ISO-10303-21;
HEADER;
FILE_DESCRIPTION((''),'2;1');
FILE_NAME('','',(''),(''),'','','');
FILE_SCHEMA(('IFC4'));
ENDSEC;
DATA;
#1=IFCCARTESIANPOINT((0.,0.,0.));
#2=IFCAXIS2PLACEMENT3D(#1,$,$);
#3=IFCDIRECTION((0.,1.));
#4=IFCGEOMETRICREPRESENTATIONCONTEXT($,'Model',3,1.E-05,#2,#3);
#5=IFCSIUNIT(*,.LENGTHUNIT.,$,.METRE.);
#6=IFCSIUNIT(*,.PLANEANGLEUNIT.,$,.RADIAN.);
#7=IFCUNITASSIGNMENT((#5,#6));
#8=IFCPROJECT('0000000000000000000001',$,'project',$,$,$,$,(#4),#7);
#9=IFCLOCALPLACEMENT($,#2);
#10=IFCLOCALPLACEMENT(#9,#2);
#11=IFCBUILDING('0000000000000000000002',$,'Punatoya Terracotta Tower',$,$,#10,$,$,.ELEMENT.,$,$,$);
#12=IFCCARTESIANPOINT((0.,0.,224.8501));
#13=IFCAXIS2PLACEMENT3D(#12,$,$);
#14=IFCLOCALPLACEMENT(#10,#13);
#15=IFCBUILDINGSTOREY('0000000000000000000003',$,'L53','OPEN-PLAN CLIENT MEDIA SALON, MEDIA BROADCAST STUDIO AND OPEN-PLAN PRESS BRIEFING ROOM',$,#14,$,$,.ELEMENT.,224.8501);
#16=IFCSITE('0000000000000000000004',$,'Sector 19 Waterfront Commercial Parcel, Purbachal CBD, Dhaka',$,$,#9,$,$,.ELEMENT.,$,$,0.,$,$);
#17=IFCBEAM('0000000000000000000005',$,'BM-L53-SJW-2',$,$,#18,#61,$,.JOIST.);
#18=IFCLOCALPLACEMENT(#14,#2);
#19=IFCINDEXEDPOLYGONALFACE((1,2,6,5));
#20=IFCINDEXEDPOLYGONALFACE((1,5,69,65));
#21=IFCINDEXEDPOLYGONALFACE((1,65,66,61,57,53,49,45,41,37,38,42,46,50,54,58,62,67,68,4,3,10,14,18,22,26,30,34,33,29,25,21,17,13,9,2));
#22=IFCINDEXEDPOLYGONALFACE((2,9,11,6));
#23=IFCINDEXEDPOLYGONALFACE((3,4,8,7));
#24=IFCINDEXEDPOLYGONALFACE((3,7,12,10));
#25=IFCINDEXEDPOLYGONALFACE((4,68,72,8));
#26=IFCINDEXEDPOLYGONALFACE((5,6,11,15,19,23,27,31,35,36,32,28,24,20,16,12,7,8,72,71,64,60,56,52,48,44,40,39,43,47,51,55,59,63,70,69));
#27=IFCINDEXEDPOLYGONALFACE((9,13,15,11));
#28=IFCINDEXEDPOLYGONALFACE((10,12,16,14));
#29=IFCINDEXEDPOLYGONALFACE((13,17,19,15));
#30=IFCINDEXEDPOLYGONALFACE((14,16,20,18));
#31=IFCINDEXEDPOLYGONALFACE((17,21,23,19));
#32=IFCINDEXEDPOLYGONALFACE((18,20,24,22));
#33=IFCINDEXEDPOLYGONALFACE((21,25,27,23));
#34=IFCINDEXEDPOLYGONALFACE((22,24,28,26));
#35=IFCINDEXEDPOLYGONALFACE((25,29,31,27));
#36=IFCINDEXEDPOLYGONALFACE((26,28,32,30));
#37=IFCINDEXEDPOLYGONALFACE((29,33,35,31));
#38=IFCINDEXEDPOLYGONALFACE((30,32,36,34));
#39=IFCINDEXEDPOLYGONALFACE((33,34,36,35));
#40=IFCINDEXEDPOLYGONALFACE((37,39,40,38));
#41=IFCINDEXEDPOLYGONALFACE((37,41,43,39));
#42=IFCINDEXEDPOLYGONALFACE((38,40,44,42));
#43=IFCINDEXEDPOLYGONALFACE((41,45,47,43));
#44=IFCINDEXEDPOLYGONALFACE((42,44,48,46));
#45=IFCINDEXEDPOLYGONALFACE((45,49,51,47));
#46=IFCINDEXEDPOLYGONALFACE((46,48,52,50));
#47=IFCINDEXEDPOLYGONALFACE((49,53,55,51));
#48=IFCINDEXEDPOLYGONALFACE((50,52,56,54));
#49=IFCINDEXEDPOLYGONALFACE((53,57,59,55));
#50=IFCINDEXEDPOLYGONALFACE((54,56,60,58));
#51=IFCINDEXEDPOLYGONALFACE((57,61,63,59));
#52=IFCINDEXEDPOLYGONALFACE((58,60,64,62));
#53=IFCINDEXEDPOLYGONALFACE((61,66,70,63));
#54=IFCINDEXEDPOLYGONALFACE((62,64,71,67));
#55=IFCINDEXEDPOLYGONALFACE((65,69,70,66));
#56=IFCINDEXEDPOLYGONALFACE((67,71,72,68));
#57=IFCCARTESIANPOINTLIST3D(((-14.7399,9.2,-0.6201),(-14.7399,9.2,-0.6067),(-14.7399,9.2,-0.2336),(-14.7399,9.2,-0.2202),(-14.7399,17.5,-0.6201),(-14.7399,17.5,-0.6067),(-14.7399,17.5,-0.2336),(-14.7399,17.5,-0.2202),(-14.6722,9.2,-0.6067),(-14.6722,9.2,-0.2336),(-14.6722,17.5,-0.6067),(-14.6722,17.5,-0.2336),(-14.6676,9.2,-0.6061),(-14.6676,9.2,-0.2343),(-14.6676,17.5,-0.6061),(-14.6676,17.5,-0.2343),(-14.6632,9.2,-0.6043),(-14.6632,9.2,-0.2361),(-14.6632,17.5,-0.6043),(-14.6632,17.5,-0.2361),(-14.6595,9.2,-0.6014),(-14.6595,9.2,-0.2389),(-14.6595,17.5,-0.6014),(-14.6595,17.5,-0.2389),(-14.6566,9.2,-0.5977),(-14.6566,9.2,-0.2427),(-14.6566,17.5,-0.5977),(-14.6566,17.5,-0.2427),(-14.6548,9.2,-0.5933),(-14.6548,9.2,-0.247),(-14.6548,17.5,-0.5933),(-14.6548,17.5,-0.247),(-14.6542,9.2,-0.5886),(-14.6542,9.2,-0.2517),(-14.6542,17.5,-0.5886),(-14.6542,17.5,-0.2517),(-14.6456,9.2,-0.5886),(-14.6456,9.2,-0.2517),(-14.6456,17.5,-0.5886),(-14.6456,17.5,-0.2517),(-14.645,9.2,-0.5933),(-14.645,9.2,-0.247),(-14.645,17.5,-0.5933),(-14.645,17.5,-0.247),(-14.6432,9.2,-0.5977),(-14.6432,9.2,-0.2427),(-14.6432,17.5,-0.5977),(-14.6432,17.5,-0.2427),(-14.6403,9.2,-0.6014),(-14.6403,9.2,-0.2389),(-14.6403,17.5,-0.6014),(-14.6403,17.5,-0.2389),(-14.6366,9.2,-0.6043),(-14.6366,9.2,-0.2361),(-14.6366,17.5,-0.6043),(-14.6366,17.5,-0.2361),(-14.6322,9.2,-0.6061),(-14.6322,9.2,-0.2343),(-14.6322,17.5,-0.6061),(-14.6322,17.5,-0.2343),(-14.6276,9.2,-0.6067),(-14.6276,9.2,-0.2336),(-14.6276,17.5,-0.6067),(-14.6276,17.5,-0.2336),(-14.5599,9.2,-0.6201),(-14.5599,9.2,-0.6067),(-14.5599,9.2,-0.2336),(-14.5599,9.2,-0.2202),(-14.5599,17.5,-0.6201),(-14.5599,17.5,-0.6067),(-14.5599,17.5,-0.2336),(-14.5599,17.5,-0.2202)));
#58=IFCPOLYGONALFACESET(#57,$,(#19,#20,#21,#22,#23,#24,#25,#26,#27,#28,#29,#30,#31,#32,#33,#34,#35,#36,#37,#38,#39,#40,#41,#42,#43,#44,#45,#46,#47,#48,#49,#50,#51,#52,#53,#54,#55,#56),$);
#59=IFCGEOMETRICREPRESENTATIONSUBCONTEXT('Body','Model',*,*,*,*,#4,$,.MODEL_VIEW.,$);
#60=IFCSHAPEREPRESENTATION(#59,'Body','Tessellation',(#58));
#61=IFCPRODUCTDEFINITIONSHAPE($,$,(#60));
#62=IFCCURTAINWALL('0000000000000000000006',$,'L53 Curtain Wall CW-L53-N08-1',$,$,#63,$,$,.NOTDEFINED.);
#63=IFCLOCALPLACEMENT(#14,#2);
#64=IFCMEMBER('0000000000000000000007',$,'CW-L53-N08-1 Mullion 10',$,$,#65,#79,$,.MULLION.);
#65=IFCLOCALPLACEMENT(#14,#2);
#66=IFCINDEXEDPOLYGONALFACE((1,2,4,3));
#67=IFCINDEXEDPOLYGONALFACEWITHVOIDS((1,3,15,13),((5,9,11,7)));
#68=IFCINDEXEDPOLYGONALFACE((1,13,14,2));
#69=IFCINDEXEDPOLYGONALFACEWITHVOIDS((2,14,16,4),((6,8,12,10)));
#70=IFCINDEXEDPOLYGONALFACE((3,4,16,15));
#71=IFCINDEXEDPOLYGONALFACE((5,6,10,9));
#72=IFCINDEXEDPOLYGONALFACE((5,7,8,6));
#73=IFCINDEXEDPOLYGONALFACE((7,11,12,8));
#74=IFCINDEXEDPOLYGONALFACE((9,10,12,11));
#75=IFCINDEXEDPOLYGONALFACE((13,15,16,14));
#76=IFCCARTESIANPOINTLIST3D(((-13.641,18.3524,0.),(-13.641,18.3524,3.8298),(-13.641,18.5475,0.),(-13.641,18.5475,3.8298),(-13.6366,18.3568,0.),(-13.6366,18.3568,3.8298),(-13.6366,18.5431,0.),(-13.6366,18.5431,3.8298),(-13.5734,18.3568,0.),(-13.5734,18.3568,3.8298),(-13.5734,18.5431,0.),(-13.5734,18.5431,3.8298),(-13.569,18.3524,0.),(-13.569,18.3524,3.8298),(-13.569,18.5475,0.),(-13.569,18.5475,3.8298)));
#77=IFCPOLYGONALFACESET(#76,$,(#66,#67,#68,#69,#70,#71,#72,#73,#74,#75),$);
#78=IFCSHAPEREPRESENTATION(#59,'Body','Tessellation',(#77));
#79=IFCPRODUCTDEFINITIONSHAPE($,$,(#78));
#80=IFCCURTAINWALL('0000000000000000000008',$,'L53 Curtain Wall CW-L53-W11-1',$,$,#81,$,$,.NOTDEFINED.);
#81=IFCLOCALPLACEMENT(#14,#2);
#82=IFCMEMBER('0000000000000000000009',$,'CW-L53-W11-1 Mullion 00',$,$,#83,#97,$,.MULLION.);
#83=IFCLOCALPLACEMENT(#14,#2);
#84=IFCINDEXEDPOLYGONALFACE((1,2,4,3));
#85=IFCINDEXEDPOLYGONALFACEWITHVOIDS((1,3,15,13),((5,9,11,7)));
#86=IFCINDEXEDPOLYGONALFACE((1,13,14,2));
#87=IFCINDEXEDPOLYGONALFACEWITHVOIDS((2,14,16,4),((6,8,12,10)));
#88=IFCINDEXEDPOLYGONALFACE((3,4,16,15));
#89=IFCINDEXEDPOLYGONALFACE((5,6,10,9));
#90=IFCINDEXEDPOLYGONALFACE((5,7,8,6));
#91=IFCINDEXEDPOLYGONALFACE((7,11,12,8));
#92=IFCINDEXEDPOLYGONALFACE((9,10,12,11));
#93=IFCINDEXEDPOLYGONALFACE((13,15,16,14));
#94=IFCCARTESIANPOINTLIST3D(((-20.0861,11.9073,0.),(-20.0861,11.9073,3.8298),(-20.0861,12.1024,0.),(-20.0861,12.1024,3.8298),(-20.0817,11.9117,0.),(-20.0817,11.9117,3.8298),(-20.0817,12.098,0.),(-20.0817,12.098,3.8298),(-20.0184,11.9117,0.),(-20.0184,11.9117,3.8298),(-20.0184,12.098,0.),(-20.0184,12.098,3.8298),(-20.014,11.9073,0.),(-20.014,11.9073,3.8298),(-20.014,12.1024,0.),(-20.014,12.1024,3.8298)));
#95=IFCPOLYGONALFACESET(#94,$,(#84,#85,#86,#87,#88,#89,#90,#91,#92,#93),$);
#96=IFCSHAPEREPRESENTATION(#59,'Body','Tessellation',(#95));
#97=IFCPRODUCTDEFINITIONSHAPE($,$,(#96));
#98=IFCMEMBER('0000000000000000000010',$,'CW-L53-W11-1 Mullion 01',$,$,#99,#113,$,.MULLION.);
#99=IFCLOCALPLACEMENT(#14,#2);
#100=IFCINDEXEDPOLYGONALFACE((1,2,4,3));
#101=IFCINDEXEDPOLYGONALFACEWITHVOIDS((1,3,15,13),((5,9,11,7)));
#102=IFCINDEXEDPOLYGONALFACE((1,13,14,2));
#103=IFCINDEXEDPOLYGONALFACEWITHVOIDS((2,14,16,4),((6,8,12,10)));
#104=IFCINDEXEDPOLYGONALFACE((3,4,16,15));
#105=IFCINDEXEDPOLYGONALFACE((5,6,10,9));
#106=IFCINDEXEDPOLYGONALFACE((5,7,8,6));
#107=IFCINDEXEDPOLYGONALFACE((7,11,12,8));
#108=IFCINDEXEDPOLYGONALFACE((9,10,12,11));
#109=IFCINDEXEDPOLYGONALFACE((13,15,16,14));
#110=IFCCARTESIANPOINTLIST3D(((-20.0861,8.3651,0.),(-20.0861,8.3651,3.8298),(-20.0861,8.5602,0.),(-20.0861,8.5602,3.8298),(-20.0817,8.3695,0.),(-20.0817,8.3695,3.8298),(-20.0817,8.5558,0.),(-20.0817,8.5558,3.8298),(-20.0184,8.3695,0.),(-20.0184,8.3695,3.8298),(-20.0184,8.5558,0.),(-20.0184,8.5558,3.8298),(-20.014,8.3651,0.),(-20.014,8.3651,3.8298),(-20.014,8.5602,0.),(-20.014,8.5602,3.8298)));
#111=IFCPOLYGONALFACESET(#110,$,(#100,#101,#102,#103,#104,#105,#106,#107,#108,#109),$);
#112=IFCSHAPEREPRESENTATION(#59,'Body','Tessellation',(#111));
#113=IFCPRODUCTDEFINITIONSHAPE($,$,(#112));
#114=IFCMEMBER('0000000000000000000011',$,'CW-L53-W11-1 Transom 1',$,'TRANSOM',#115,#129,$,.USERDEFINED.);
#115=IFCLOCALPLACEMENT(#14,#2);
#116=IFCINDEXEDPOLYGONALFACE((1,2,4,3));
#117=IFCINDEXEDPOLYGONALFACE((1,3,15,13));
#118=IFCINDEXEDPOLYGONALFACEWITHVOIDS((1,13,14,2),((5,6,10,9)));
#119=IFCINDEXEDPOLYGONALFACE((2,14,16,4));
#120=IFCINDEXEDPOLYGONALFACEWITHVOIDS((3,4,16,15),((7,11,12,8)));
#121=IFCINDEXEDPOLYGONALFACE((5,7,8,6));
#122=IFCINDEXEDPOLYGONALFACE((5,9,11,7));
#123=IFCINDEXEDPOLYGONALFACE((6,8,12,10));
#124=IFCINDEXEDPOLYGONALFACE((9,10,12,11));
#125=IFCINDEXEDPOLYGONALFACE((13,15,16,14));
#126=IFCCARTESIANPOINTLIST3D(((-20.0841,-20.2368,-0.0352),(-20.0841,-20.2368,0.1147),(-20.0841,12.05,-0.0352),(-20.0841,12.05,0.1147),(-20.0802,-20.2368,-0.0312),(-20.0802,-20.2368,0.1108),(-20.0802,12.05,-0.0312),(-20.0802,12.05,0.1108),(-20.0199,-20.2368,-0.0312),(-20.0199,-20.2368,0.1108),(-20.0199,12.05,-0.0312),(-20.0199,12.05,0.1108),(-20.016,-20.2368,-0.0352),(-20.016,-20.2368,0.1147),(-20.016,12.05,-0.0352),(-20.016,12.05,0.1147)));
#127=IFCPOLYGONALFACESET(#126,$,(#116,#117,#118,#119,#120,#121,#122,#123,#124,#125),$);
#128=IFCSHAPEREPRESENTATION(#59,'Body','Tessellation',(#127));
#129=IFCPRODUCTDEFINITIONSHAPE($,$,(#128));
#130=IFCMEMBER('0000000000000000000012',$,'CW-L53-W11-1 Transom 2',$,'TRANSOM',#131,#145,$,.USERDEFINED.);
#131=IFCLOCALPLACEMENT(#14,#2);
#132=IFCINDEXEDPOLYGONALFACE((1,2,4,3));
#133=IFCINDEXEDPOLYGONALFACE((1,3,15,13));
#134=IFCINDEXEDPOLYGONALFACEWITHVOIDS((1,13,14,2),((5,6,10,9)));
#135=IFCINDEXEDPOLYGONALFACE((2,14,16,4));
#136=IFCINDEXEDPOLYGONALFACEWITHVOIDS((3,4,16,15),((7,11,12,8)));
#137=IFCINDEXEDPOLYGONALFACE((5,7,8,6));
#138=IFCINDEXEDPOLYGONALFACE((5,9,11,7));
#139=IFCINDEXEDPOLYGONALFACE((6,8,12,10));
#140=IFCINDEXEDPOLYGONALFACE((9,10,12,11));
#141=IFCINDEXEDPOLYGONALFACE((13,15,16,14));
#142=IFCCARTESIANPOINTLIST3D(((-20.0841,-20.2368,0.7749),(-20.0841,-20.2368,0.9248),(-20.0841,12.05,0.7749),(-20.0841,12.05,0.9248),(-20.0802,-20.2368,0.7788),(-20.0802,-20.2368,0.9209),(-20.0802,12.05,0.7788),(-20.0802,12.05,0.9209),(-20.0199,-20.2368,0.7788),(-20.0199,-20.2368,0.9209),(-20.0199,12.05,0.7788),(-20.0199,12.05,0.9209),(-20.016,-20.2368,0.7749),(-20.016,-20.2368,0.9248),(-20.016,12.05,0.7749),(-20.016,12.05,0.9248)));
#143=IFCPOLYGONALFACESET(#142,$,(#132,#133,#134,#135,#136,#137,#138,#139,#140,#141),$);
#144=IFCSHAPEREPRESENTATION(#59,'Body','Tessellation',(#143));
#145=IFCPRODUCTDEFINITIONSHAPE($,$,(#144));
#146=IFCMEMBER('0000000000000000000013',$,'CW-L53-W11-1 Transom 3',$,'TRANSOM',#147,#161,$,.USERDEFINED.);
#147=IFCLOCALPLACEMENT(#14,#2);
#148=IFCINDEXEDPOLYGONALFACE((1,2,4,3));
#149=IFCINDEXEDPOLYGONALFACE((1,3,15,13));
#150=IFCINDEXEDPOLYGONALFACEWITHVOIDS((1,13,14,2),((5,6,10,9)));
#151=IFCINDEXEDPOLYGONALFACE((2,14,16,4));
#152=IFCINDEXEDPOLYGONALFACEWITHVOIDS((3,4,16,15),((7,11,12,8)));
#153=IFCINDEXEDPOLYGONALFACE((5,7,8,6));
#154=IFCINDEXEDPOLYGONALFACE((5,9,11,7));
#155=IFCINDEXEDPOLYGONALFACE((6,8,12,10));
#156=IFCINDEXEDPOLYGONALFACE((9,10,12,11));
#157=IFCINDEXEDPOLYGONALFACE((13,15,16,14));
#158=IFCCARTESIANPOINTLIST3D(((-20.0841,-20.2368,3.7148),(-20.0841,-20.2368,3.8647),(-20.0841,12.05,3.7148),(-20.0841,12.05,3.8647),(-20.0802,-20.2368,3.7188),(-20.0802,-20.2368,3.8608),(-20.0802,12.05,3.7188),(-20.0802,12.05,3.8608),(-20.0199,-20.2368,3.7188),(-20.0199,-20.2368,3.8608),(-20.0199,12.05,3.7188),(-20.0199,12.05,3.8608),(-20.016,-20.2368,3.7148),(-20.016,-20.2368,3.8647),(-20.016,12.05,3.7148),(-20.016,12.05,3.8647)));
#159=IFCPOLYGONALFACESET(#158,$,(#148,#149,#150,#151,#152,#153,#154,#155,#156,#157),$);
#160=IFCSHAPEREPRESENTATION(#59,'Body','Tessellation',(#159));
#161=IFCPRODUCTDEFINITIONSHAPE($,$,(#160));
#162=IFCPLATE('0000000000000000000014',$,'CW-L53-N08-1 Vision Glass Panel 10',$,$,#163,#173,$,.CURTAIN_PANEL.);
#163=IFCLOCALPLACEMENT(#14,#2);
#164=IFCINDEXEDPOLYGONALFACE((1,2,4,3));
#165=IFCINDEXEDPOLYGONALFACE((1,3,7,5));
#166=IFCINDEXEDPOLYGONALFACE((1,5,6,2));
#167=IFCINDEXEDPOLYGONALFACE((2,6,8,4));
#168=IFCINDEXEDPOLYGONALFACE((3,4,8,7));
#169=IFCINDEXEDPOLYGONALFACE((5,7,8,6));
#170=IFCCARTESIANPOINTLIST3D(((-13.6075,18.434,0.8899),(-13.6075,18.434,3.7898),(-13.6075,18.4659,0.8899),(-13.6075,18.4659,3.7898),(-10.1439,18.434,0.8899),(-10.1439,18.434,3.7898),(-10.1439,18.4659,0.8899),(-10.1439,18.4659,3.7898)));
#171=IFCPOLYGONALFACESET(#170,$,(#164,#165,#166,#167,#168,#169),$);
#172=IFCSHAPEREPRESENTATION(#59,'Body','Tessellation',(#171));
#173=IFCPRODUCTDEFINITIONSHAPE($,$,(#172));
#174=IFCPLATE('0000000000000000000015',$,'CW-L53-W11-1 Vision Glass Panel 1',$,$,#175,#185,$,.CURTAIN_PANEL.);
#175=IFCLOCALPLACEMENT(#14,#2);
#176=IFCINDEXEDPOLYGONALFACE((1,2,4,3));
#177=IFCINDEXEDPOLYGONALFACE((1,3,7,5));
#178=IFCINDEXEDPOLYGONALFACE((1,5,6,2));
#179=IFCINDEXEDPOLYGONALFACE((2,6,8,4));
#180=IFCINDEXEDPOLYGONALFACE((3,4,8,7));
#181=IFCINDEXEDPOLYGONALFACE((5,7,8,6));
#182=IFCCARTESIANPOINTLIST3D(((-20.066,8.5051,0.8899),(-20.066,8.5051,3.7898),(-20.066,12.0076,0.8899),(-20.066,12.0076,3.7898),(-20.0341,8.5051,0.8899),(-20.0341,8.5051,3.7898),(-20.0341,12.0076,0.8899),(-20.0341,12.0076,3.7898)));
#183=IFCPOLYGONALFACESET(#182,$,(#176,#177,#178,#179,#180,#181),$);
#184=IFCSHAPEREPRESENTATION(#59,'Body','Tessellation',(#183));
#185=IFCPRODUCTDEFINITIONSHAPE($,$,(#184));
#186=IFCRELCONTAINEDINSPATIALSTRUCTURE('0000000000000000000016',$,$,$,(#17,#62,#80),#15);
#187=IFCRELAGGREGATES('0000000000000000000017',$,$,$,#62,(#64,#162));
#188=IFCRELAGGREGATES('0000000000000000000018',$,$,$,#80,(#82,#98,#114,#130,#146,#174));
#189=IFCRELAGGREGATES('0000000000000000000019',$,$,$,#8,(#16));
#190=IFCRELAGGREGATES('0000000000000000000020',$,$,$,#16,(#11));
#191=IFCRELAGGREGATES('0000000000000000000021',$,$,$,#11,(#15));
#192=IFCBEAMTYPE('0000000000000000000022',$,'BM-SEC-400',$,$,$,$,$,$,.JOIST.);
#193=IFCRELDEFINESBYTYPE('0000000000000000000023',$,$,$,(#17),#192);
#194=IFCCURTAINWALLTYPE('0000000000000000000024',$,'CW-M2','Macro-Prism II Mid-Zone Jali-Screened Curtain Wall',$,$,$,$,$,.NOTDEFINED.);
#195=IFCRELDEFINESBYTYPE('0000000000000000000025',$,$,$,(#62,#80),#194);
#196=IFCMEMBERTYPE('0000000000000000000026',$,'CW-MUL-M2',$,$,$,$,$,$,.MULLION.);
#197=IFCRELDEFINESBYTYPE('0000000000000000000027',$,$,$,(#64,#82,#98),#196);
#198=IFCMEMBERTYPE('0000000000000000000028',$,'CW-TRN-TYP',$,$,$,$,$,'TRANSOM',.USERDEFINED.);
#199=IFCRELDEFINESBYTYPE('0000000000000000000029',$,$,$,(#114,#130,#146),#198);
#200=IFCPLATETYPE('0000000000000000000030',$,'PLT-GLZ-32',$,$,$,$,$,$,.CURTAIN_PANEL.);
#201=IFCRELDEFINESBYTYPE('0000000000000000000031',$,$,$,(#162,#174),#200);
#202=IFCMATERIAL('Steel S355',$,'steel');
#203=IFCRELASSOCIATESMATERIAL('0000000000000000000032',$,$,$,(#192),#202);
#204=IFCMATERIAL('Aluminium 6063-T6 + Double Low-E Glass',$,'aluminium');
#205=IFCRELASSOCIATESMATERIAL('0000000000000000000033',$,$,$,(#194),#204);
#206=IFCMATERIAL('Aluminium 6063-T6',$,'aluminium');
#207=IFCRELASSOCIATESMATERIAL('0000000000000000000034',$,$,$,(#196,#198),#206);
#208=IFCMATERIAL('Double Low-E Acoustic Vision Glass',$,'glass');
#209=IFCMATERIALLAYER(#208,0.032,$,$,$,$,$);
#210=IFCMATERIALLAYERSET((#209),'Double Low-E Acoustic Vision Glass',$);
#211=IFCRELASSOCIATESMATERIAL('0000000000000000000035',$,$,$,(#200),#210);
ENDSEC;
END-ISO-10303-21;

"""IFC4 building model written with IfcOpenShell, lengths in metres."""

from ifc_helpers import new_model, si_unit, direction, frame, origin, origin_2d, place, context, subcontext, project, spatial, rectangle, hollow_rectangle, i_section, extrude, material, layer, layer_set, material_profile, profile_set, type_object, element, aggregate, save


model = new_model("IFC4")

# Units and contexts
model_context = context("Model", 3, precision=1e-05, world=origin(), true_north=direction((0.0, 1.0)))
body_context = subcontext(model_context, "Body", "Model", "MODEL_VIEW")
ifc_project = project(units=[si_unit("LENGTHUNIT", "METRE"), si_unit("PLANEANGLEUNIT", "RADIAN")], contexts=[model_context])

# Site, building, storey
site_placement = place(None, origin())
site = spatial("IfcSite", under=ifc_project, at=site_placement, Name="Sector 19 Waterfront Commercial Parcel, Purbachal CBD, Dhaka", CompositionType="ELEMENT", RefElevation=0.0)
building_placement = place(site_placement, origin())
building = spatial("IfcBuilding", under=site, at=building_placement, Name="Punatoya Terracotta Tower", CompositionType="ELEMENT")
storey_placement = place(building_placement, frame((0.0, 0.0, 224.8501)))
storey = spatial("IfcBuildingStorey", under=building, at=storey_placement, Name="L53", Description="OPEN-PLAN CLIENT MEDIA SALON, MEDIA BROADCAST STUDIO AND OPEN-PLAN PRESS BRIEFING ROOM", CompositionType="ELEMENT", Elevation=224.8501)

# Beam
ifc_material_1 = material(Name="Steel S355", Category="steel")
ifc_material_profile_1 = material_profile(ifc_material_1, i_section(OverallWidth=0.1799, OverallDepth=0.3999, WebThickness=0.0085, FlangeThickness=0.0134, FilletRadius=0.0181, at=origin_2d()))
ifc_profile_set_1 = profile_set([ifc_material_profile_1], Name="Steel S355")
beam_type_1 = type_object("IfcBeamType", Name="BM-SEC-400", PredefinedType="JOIST", material=ifc_profile_set_1)
beam_1_placement = place(storey_placement, frame((-14.6499, 9.2, -0.4202), z_axis=(0.0, 1.0, 0.0), x_axis=(-1.0, 0.0, 0.0)))
element("IfcBeam", 1, at=beam_1_placement, inside=storey, type_object=beam_type_1, Name="BM-L53-SJW-2", PredefinedType="JOIST", context=body_context, shape_type="SweptSolid", body=[
    extrude(i_section(OverallWidth=0.1799, OverallDepth=0.3999, WebThickness=0.0085, FlangeThickness=0.0134, FilletRadius=0.0181, at=origin_2d()), origin(), (0.0, 0.0, 1.0), 8.3),
])

# Curtain wall, member
ifc_material_2 = material(Name="Aluminium 6063-T6 + Double Low-E Glass", Category="aluminium")
curtain_wall_type = type_object("IfcCurtainWallType", Name="CW-M2", Description="Macro-Prism II Mid-Zone Jali-Screened Curtain Wall", PredefinedType="NOTDEFINED", material=ifc_material_2)
curtain_wall_1_placement = place(storey_placement, origin())
curtain_wall_1 = element("IfcCurtainWall", 2, at=curtain_wall_1_placement, inside=storey, type_object=curtain_wall_type, Name="L53 Curtain Wall CW-L53-N08-1", PredefinedType="NOTDEFINED")
ifc_material_3 = material(Name="Aluminium 6063-T6", Category="aluminium")
ifc_material_profile_2 = material_profile(ifc_material_3, hollow_rectangle(XDim=0.072, YDim=0.1951, WallThickness=0.0044, at=origin_2d()))
ifc_profile_set_2 = profile_set([ifc_material_profile_2], Name="Aluminium 6063-T6")
member_type_1 = type_object("IfcMemberType", Name="CW-MUL-M2", PredefinedType="MULLION", material=ifc_profile_set_2)
member_1_placement = place(storey_placement, frame((-13.605, 18.45, 0.0), z_axis=(0.0, 0.0, 1.0), x_axis=(1.0, 0.0, 0.0)))
member_1 = element("IfcMember", 3, at=member_1_placement, type_object=member_type_1, Name="CW-L53-N08-1 Mullion 10", PredefinedType="MULLION", context=body_context, shape_type="SweptSolid", body=[
    extrude(hollow_rectangle(XDim=0.072, YDim=0.1951, WallThickness=0.0044, at=origin_2d()), origin(), (0.0, 0.0, 1.0), 3.8298),
])

# Curtain wall, members
curtain_wall_2_placement = place(storey_placement, origin())
curtain_wall_2 = element("IfcCurtainWall", 4, at=curtain_wall_2_placement, inside=storey, type_object=curtain_wall_type, Name="L53 Curtain Wall CW-L53-W11-1", PredefinedType="NOTDEFINED")
member_2_placement = place(storey_placement, frame((-20.05, 12.0049, 0.0), z_axis=(0.0, 0.0, 1.0), x_axis=(1.0, 0.0, 0.0)))
member_2 = element("IfcMember", 5, at=member_2_placement, type_object=member_type_1, Name="CW-L53-W11-1 Mullion 00", PredefinedType="MULLION", context=body_context, shape_type="SweptSolid", body=[
    extrude(hollow_rectangle(XDim=0.072, YDim=0.1951, WallThickness=0.0044, at=origin_2d()), origin(), (0.0, 0.0, 1.0), 3.8298),
])
member_3_placement = place(storey_placement, frame((-20.05, 8.4626, 0.0), z_axis=(0.0, 0.0, 1.0), x_axis=(1.0, 0.0, 0.0)))
member_3 = element("IfcMember", 6, at=member_3_placement, type_object=member_type_1, Name="CW-L53-W11-1 Mullion 01", PredefinedType="MULLION", context=body_context, shape_type="SweptSolid", body=[
    extrude(hollow_rectangle(XDim=0.072, YDim=0.1951, WallThickness=0.0044, at=origin_2d()), origin(), (0.0, 0.0, 1.0), 3.8298),
])
ifc_material_profile_3 = material_profile(ifc_material_3, hollow_rectangle(XDim=0.0681, YDim=0.1499, WallThickness=0.0039, at=origin_2d()))
ifc_profile_set_3 = profile_set([ifc_material_profile_3], Name="Aluminium 6063-T6")
member_type_2 = type_object("IfcMemberType", Name="CW-TRN-TYP", ElementType="TRANSOM", PredefinedType="USERDEFINED", material=ifc_profile_set_3)
member_4_placement = place(storey_placement, frame((-20.05, 12.05, 0.0398), z_axis=(0.0, -1.0, 0.0), x_axis=(1.0, 0.0, 0.0)))
member_4 = element("IfcMember", 7, at=member_4_placement, type_object=member_type_2, Name="CW-L53-W11-1 Transom 1", ObjectType="TRANSOM", PredefinedType="USERDEFINED", context=body_context, shape_type="SweptSolid", body=[
    extrude(hollow_rectangle(XDim=0.0681, YDim=0.1499, WallThickness=0.0039, at=origin_2d()), origin(), (0.0, 0.0, 1.0), 32.2869),
])
member_5_placement = place(storey_placement, frame((-20.05, 12.05, 0.8499), z_axis=(0.0, -1.0, 0.0), x_axis=(1.0, 0.0, 0.0)))
member_5 = element("IfcMember", 8, at=member_5_placement, type_object=member_type_2, Name="CW-L53-W11-1 Transom 2", ObjectType="TRANSOM", PredefinedType="USERDEFINED", context=body_context, shape_type="SweptSolid", body=[
    extrude(hollow_rectangle(XDim=0.0681, YDim=0.1499, WallThickness=0.0039, at=origin_2d()), origin(), (0.0, 0.0, 1.0), 32.2869),
])
member_6_placement = place(storey_placement, frame((-20.05, 12.05, 3.7898), z_axis=(0.0, -1.0, 0.0), x_axis=(1.0, 0.0, 0.0)))
member_6 = element("IfcMember", 9, at=member_6_placement, type_object=member_type_2, Name="CW-L53-W11-1 Transom 3", ObjectType="TRANSOM", PredefinedType="USERDEFINED", context=body_context, shape_type="SweptSolid", body=[
    extrude(hollow_rectangle(XDim=0.0681, YDim=0.1499, WallThickness=0.0039, at=origin_2d()), origin(), (0.0, 0.0, 1.0), 32.2869),
])

# Plates
ifc_material_4 = material(Name="Double Low-E Acoustic Vision Glass", Category="glass")
ifc_layer_1 = layer(ifc_material_4, 0.032)
ifc_layer_set_1 = layer_set([ifc_layer_1], Name="Double Low-E Acoustic Vision Glass")
plate_type_1 = type_object("IfcPlateType", Name="PLT-GLZ-32", PredefinedType="CURTAIN_PANEL", material=ifc_layer_set_1)
plate_1_placement = place(storey_placement, frame((-11.8757, 18.45, 0.8899), z_axis=(0.0, 0.0, 1.0), x_axis=(-1.0, 0.0, 0.0)))
plate_1 = element("IfcPlate", 10, at=plate_1_placement, type_object=plate_type_1, Name="CW-L53-N08-1 Vision Glass Panel 10", PredefinedType="CURTAIN_PANEL", context=body_context, shape_type="SweptSolid", body=[
    extrude(rectangle(XDim=3.4636, YDim=0.032, at=origin_2d()), origin(), (0.0, 0.0, 1.0), 2.8999),
])
plate_2_placement = place(storey_placement, frame((-20.05, 10.2563, 0.8899), z_axis=(0.0, 0.0, 1.0), x_axis=(0.0, -1.0, 0.0)))
plate_2 = element("IfcPlate", 11, at=plate_2_placement, type_object=plate_type_1, Name="CW-L53-W11-1 Vision Glass Panel 1", PredefinedType="CURTAIN_PANEL", context=body_context, shape_type="SweptSolid", body=[
    extrude(rectangle(XDim=3.5024, YDim=0.032, at=origin_2d()), origin(), (0.0, 0.0, 1.0), 2.8999),
])
aggregate(curtain_wall_1, [member_1, plate_1])
aggregate(curtain_wall_2, [member_2, member_3, member_4, member_5, member_6, plate_2])

save(model, "model.ifc")
